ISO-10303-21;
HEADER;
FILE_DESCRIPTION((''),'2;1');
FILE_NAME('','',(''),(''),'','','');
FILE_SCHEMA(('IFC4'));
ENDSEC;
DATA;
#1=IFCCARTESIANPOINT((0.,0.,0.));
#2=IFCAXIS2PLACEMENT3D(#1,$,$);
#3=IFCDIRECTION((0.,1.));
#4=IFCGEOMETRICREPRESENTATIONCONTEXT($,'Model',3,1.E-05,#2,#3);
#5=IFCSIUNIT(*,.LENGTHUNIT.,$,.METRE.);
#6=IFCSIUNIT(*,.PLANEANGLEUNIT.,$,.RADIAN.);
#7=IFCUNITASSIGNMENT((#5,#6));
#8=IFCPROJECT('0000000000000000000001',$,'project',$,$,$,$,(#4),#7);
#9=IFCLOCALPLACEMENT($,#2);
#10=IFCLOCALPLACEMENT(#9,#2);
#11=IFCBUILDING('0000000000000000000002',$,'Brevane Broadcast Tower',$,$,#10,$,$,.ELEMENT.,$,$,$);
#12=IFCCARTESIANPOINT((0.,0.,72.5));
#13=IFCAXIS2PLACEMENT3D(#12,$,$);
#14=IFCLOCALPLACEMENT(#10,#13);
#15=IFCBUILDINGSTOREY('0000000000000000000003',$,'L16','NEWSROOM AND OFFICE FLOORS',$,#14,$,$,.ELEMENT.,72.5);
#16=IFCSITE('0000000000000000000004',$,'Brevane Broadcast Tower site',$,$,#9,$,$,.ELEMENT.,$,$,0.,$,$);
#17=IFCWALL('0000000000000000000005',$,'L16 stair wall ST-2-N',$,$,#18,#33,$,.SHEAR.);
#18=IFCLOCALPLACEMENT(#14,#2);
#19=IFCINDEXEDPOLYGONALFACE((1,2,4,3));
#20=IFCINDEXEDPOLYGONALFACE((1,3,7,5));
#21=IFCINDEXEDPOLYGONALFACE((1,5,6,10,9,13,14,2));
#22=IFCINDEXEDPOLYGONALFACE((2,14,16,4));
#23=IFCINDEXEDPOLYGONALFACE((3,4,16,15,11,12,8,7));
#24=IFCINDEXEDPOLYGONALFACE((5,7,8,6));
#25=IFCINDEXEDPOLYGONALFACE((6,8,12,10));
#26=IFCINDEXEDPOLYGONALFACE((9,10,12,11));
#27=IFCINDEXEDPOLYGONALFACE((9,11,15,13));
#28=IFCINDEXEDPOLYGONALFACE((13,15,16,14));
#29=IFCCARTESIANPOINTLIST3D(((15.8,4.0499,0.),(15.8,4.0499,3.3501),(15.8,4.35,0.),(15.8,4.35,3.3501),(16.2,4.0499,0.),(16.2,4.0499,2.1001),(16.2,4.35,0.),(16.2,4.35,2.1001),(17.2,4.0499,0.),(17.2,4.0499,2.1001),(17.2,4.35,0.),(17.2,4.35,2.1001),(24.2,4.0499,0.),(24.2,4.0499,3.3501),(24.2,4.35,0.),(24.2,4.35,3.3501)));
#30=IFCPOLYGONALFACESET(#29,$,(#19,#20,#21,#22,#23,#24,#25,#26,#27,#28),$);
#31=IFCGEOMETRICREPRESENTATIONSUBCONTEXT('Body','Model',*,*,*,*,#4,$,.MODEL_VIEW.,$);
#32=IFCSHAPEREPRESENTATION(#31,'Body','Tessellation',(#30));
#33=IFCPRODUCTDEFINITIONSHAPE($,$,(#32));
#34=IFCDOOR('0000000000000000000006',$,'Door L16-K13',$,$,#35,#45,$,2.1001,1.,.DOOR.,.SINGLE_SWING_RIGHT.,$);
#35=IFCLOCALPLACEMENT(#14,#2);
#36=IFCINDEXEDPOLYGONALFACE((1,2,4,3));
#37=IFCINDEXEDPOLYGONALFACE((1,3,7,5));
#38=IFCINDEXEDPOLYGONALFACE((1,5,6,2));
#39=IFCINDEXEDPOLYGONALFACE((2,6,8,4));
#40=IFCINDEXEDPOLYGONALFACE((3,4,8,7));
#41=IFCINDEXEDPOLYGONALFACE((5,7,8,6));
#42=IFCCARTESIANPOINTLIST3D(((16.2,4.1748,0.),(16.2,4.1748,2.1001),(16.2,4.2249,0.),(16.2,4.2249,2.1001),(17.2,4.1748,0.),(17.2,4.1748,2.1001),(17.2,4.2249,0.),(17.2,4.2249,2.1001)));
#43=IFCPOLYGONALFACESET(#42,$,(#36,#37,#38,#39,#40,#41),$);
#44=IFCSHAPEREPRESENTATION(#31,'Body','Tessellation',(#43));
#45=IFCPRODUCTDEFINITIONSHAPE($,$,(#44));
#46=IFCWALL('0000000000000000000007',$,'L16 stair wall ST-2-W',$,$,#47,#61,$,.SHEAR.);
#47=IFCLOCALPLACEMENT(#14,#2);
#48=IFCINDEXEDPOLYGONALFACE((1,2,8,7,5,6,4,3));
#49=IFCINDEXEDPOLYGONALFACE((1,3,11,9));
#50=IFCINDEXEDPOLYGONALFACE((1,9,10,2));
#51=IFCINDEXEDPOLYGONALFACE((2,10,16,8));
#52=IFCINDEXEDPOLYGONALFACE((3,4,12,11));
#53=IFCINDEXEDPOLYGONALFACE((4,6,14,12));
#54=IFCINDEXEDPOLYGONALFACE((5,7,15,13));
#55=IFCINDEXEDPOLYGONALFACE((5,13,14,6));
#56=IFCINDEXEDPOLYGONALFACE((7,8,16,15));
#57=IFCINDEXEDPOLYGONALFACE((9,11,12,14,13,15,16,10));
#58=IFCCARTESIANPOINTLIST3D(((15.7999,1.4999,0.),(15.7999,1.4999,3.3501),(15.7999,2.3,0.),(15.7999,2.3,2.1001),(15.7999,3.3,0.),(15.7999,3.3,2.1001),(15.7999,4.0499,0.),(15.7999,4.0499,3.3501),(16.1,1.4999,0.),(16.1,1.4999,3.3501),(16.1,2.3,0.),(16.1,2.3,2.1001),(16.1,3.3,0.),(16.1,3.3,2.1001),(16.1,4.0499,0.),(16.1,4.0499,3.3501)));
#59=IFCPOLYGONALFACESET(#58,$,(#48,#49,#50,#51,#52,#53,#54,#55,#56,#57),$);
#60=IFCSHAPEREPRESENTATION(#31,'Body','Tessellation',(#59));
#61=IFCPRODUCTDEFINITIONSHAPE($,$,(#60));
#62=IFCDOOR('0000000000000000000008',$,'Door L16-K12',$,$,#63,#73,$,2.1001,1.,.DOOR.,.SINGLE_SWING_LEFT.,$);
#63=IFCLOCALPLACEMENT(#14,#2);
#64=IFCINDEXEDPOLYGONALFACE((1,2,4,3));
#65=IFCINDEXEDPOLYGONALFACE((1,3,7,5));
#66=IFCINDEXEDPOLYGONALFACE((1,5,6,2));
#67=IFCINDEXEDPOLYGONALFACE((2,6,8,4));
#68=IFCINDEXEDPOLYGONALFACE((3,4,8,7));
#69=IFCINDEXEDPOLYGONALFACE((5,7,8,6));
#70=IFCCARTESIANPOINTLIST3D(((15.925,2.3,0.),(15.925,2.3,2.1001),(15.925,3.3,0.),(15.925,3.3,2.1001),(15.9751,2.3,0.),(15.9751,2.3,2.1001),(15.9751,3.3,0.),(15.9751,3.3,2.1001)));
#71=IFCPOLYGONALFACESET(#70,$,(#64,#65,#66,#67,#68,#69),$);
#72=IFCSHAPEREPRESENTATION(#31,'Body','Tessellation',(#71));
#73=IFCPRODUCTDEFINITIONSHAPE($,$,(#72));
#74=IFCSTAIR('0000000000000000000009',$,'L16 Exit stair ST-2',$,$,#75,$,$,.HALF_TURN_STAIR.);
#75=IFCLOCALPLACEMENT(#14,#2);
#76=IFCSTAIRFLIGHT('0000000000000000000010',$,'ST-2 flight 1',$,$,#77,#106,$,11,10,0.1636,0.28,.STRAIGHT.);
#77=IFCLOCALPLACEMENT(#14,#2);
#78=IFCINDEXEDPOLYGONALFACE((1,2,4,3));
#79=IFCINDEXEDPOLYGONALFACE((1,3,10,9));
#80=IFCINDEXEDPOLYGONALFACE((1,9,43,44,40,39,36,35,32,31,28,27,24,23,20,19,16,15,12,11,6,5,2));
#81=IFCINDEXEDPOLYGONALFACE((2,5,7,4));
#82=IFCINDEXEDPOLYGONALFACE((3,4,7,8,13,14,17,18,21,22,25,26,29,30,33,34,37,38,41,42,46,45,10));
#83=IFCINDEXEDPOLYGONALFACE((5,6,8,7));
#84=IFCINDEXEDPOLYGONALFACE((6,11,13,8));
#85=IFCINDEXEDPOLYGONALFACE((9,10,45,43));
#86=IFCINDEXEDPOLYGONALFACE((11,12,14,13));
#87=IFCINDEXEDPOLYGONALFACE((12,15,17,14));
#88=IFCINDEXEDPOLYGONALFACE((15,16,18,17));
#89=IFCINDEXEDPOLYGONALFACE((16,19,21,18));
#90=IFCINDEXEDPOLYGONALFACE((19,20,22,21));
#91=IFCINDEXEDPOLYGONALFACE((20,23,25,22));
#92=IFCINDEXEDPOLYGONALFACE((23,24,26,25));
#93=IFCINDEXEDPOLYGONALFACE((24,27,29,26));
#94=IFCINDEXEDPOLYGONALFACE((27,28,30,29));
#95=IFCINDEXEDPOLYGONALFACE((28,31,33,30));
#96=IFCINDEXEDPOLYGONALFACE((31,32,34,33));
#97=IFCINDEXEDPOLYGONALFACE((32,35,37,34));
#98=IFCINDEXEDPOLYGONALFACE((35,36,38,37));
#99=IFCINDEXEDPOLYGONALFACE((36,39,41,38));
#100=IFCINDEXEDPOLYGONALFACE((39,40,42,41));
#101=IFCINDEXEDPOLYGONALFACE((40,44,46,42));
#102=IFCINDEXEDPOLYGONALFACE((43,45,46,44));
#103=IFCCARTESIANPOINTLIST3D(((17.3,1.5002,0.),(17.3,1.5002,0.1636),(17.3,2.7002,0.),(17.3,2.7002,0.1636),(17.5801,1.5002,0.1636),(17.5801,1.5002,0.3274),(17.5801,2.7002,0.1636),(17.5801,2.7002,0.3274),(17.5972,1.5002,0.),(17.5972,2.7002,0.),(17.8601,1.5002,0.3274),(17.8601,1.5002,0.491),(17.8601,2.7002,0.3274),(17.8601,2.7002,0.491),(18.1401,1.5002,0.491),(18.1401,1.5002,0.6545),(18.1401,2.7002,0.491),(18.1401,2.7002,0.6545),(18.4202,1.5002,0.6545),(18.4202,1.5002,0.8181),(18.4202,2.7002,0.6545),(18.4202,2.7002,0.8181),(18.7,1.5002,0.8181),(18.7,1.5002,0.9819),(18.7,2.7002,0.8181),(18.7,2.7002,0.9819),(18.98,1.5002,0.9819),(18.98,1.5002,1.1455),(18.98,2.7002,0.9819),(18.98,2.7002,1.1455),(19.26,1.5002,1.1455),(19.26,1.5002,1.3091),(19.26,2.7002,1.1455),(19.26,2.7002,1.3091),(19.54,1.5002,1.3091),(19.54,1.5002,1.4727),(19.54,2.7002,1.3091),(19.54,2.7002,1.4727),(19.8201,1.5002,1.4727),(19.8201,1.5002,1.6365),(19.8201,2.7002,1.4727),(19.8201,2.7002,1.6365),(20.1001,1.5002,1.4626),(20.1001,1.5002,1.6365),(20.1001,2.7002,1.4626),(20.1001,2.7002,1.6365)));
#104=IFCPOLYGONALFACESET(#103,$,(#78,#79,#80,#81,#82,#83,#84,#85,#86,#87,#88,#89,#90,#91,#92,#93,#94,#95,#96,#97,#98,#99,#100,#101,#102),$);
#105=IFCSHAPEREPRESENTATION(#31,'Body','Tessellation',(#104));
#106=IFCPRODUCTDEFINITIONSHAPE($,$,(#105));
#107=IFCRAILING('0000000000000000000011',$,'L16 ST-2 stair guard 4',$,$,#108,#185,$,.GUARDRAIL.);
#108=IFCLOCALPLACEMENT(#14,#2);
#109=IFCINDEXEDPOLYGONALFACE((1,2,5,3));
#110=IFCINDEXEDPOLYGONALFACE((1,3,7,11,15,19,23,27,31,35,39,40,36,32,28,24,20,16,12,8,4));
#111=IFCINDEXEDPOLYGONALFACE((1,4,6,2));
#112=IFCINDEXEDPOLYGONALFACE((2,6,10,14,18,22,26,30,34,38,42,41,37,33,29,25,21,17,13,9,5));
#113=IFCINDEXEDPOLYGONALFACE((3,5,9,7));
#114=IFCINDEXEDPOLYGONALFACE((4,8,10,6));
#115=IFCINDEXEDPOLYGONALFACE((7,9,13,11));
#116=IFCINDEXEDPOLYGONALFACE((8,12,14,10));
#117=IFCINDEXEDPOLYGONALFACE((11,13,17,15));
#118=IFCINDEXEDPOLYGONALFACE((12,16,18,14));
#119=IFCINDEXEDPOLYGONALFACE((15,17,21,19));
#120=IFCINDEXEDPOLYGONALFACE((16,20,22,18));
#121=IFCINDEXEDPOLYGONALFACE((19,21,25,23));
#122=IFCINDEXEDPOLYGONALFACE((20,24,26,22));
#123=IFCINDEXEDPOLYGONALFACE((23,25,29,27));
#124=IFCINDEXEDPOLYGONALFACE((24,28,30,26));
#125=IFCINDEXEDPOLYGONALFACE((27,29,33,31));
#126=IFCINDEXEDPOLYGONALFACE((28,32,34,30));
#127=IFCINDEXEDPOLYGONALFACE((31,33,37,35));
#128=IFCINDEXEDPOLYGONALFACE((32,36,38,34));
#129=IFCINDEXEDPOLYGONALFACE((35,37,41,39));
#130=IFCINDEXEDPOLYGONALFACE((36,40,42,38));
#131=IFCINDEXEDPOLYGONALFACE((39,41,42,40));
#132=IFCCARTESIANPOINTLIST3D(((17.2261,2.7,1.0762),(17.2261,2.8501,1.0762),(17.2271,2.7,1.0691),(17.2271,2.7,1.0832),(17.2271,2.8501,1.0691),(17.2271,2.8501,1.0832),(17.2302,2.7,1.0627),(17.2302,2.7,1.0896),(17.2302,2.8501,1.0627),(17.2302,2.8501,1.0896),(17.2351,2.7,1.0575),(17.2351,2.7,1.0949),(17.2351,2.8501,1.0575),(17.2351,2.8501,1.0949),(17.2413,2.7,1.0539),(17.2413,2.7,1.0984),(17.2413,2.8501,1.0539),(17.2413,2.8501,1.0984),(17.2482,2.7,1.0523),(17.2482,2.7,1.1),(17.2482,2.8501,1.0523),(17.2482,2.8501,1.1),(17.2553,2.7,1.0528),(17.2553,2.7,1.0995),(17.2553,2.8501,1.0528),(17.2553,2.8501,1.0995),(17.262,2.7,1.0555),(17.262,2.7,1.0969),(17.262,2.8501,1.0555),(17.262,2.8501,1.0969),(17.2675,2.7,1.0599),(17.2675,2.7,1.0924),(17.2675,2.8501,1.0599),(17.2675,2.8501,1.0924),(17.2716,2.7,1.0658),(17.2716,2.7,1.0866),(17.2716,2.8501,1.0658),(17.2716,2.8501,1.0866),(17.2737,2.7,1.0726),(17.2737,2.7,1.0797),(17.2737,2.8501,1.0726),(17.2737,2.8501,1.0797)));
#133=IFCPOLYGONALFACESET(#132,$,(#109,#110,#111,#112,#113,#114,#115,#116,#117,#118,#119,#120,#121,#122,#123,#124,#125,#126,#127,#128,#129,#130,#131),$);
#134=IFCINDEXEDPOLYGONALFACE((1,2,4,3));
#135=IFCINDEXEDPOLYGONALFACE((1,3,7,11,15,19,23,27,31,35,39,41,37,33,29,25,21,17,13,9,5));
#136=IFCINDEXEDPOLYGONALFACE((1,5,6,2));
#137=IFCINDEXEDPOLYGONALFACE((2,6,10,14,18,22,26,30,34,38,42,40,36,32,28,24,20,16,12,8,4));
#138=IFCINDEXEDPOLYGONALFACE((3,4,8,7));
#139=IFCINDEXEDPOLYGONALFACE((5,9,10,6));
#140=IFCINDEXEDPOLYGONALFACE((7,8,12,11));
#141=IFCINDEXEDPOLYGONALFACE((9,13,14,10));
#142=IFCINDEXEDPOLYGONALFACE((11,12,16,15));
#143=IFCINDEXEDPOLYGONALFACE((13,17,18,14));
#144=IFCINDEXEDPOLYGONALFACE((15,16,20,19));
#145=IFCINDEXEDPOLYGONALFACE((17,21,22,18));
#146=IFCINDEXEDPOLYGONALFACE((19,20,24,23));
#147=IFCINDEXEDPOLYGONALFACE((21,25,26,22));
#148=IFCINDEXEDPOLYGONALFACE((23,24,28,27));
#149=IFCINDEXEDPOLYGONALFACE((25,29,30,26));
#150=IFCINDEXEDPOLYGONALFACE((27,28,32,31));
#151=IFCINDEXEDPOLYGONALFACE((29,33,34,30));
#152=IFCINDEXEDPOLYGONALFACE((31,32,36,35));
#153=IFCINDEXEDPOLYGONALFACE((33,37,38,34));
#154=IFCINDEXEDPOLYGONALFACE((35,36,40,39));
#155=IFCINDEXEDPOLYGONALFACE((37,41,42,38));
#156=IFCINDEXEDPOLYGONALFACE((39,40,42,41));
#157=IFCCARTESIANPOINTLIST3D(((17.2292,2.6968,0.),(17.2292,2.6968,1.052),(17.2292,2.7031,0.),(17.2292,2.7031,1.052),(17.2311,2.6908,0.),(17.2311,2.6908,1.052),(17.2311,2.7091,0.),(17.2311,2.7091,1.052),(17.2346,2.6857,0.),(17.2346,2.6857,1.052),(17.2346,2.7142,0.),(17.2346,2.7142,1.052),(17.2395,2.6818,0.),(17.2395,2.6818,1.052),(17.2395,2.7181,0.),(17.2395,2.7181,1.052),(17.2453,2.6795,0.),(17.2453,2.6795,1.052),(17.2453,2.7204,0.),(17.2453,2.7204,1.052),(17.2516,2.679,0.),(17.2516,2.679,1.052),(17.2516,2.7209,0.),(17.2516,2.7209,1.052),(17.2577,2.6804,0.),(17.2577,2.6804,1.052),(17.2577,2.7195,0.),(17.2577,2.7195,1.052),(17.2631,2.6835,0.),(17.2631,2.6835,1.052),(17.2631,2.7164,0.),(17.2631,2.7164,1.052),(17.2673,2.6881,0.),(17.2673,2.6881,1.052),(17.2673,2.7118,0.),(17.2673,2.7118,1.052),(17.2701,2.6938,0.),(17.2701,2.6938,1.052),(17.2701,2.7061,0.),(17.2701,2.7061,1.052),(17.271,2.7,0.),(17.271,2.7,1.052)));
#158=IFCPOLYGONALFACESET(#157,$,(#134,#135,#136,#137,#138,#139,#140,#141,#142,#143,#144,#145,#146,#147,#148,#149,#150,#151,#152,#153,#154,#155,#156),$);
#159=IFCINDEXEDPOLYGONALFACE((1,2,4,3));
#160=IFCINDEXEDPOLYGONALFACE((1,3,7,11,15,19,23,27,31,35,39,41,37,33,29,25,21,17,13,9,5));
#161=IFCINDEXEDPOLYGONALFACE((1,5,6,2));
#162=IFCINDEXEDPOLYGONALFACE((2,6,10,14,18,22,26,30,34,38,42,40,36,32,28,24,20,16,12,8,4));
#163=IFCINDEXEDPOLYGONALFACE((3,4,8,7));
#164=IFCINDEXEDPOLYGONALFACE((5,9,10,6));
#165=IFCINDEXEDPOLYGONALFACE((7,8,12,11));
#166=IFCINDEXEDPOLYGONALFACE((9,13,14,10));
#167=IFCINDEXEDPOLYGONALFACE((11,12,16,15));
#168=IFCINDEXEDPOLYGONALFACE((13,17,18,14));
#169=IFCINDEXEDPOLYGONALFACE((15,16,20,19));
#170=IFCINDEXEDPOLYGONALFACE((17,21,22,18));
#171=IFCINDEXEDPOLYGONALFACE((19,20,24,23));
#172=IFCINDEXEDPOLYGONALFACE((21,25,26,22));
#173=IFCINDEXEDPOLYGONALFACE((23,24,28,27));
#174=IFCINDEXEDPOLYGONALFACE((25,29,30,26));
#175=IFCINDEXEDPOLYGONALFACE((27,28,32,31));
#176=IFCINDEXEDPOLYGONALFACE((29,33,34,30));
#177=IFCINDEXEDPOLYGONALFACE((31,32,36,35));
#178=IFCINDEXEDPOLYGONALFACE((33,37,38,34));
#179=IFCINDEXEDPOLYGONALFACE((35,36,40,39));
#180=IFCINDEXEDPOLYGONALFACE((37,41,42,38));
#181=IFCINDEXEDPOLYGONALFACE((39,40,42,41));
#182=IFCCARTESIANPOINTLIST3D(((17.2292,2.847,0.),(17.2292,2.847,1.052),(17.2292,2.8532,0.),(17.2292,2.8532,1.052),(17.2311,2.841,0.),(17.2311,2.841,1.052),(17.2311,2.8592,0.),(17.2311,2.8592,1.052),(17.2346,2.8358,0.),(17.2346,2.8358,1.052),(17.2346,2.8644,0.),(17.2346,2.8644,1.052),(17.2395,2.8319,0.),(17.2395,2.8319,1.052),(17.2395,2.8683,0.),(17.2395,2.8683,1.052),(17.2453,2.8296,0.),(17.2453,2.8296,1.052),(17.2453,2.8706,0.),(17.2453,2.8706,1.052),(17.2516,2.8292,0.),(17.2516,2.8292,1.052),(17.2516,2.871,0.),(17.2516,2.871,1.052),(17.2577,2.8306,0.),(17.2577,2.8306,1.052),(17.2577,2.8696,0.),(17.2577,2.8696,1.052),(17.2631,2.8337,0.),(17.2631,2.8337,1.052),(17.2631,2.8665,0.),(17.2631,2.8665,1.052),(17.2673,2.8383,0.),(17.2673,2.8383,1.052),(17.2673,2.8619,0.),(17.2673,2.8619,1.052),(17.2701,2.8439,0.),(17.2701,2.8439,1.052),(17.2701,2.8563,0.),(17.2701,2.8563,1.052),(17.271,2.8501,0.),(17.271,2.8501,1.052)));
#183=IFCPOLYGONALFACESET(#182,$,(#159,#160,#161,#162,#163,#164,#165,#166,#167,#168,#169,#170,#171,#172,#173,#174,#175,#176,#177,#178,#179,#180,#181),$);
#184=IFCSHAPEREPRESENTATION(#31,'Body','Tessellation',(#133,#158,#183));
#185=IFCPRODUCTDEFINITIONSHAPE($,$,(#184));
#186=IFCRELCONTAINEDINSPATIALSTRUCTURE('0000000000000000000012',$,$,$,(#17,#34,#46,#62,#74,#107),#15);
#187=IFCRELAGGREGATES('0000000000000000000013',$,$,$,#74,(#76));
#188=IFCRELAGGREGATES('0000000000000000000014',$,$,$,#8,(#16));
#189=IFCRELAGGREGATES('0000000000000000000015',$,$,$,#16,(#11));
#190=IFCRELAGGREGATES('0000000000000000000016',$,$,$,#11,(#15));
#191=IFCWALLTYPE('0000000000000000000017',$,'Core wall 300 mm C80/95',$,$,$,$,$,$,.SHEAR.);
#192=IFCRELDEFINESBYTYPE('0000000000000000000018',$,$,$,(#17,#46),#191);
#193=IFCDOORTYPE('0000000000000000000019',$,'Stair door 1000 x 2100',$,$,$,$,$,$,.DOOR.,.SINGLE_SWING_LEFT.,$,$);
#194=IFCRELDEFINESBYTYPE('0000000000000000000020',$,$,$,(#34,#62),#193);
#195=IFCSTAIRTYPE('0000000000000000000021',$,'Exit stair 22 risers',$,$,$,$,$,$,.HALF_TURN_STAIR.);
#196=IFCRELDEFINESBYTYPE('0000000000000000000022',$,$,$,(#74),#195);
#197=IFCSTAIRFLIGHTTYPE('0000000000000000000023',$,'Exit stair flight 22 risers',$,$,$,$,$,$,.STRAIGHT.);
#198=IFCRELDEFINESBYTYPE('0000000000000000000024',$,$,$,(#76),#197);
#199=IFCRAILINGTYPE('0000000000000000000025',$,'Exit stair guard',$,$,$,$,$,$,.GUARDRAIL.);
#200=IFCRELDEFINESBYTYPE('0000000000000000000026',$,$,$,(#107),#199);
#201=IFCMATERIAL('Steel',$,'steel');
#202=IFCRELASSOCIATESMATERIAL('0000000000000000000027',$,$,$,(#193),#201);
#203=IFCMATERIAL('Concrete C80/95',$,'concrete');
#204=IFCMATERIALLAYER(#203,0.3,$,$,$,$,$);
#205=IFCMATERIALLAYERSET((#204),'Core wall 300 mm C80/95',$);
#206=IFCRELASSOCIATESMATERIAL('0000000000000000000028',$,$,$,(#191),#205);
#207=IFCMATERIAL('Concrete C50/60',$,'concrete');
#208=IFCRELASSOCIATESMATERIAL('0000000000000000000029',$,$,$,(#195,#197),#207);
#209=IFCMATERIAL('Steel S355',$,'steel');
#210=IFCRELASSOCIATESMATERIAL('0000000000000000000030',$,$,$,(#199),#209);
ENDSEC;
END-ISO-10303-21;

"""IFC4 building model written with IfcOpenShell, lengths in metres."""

from ifc_helpers import new_model, si_unit, direction, frame, frame_2d, origin, origin_2d, place, context, subcontext, project, spatial, polyline, rectangle, circle, outline, extrude, material, layer, layer_set, type_object, element, fill, aggregate, save


model = new_model("IFC4")

# Units and contexts
model_context = context("Model", 3, precision=1e-05, world=origin(), true_north=direction((0.0, 1.0)))
body_context = subcontext(model_context, "Body", "Model", "MODEL_VIEW")
ifc_project = project(units=[si_unit("LENGTHUNIT", "METRE"), si_unit("PLANEANGLEUNIT", "RADIAN")], contexts=[model_context])

# Site, building, storey
site_placement = place(None, origin())
site = spatial("IfcSite", under=ifc_project, at=site_placement, Name="Brevane Broadcast Tower site", CompositionType="ELEMENT", RefElevation=0.0)
building_placement = place(site_placement, origin())
building = spatial("IfcBuilding", under=site, at=building_placement, Name="Brevane Broadcast Tower", CompositionType="ELEMENT")
storey_placement = place(building_placement, frame((0.0, 0.0, 72.5)))
storey = spatial("IfcBuildingStorey", under=building, at=storey_placement, Name="L16", Description="NEWSROOM AND OFFICE FLOORS", CompositionType="ELEMENT", Elevation=72.5)

# Shared definitions
ifc_material_1 = material(Name="Steel", Category="steel")
door_type_1 = type_object("IfcDoorType", Name="Stair door 1000 x 2100", OperationType="SINGLE_SWING_LEFT", PredefinedType="DOOR", material=ifc_material_1)

# Shared definitions
ifc_material_2 = material(Name="Concrete C80/95", Category="concrete")
ifc_layer_1 = layer(ifc_material_2, 0.3)
ifc_layer_set_1 = layer_set([ifc_layer_1], Name="Core wall 300 mm C80/95")
wall_type_1 = type_object("IfcWallType", Name="Core wall 300 mm C80/95", PredefinedType="SHEAR", material=ifc_layer_set_1)

# Walls, openings, doors
wall_1_placement = place(storey_placement, frame((15.8, 4.2, 0.0), z_axis=(0.0, 0.0, 1.0), x_axis=(1.0, 0.0, 0.0)))
wall_1 = element("IfcWall", 1, at=wall_1_placement, inside=storey, type_object=wall_type_1, Name="L16 stair wall ST-2-N", PredefinedType="SHEAR", context=body_context, shape_type="SweptSolid", body=[
    extrude(rectangle(XDim=8.3999, YDim=0.3, at=frame_2d((4.2, 0.0))), origin(), (0.0, 0.0, 1.0), 3.3501),
])
opening_1_placement = place(wall_1_placement, frame((0.3999, 0.0, 0.0)))
opening_1 = element("IfcOpeningElement", 2, at=opening_1_placement, cuts=wall_1, PredefinedType="OPENING", context=body_context, shape_type="SweptSolid", body=[
    extrude(rectangle(XDim=1.0, YDim=2.1001, at=frame_2d((0.5, 1.05))), frame((0.0, 0.1599, 0.0), z_axis=(0.0, -1.0, 0.0), x_axis=(1.0, 0.0, 0.0)), (0.0, 0.0, 1.0), 0.3201),
])
door_1_placement = place(opening_1_placement, origin())
door_1 = element("IfcDoor", 3, at=door_1_placement, inside=storey, type_object=door_type_1, Name="Door L16-K13", OperationType="SINGLE_SWING_RIGHT", OverallHeight=2.1001, OverallWidth=1.0, PredefinedType="DOOR", context=body_context, shape_type="SweptSolid", body=[
    extrude(rectangle(XDim=1.0, YDim=2.1001, at=frame_2d((0.5, 1.05))), frame((0.0, 0.0249, 0.0), z_axis=(0.0, -1.0, 0.0), x_axis=(1.0, 0.0, 0.0)), (0.0, 0.0, 1.0), 0.05),
])
fill(opening_1, door_1)
wall_2_placement = place(storey_placement, frame((15.95, 1.5, 0.0), z_axis=(0.0, 0.0, 1.0), x_axis=(0.0, 1.0, 0.0)))
wall_2 = element("IfcWall", 4, at=wall_2_placement, inside=storey, type_object=wall_type_1, Name="L16 stair wall ST-2-W", PredefinedType="SHEAR", context=body_context, shape_type="SweptSolid", body=[
    extrude(rectangle(XDim=2.55, YDim=0.3, at=frame_2d((1.2749, 0.0))), origin(), (0.0, 0.0, 1.0), 3.3501),
])
opening_2_placement = place(wall_2_placement, frame((0.8, 0.0, 0.0)))
opening_2 = element("IfcOpeningElement", 5, at=opening_2_placement, cuts=wall_2, PredefinedType="OPENING", context=body_context, shape_type="SweptSolid", body=[
    extrude(rectangle(XDim=1.0, YDim=2.1001, at=frame_2d((0.5, 1.05))), frame((0.0, 0.1599, 0.0), z_axis=(0.0, -1.0, 0.0), x_axis=(1.0, 0.0, 0.0)), (0.0, 0.0, 1.0), 0.3201),
])
door_2_placement = place(opening_2_placement, origin())
door_2 = element("IfcDoor", 6, at=door_2_placement, inside=storey, type_object=door_type_1, Name="Door L16-K12", OperationType="SINGLE_SWING_LEFT", OverallHeight=2.1001, OverallWidth=1.0, PredefinedType="DOOR", context=body_context, shape_type="SweptSolid", body=[
    extrude(rectangle(XDim=1.0, YDim=2.1001, at=frame_2d((0.5, 1.05))), frame((0.0, 0.0249, 0.0), z_axis=(0.0, -1.0, 0.0), x_axis=(1.0, 0.0, 0.0)), (0.0, 0.0, 1.0), 0.05),
])
fill(opening_2, door_2)

# Stair, stair flight
ifc_material_3 = material(Name="Concrete C50/60", Category="concrete")
stair_type = type_object("IfcStairType", Name="Exit stair 22 risers", PredefinedType="HALF_TURN_STAIR", material=ifc_material_3)
stair_placement = place(storey_placement, origin())
stair = element("IfcStair", 7, at=stair_placement, inside=storey, type_object=stair_type, Name="L16 Exit stair ST-2", PredefinedType="HALF_TURN_STAIR")
stair_flight_type = type_object("IfcStairFlightType", Name="Exit stair flight 22 risers", PredefinedType="STRAIGHT", material=ifc_material_3)
stair_flight_placement = place(storey_placement, frame((17.3, 2.1001, 0.0), z_axis=(0.0, 0.0, 1.0), x_axis=(1.0, 0.0, 0.0)))
stair_flight = element("IfcStairFlight", 8, at=stair_flight_placement, type_object=stair_flight_type, Name="ST-2 flight 1", NumberOfRisers=11, NumberOfTreads=10, PredefinedType="STRAIGHT", RiserHeight=0.1636, TreadLength=0.28, context=body_context, shape_type="SweptSolid", body=[
    extrude(outline(polyline([(0.0, 0.0), (0.0, 0.1636), (0.28, 0.1636), (0.28, 0.3274), (0.5601, 0.3274), (0.5601, 0.491), (0.8401, 0.491), (0.8401, 0.6545), (1.1201, 0.6545), (1.1201, 0.8181), (1.3999, 0.8181), (1.3999, 0.9819), (1.6799, 0.9819), (1.6799, 1.1455), (1.96, 1.1455), (1.96, 1.3091), (2.24, 1.3091), (2.24, 1.4727), (2.52, 1.4727), (2.52, 1.6365), (2.8, 1.6365), (2.8, 1.8), (2.8, 1.4626), (0.2971, 0.0), (0.0, 0.0)])), frame((0.0, 0.6001, 0.0), z_axis=(0.0, -1.0, 0.0), x_axis=(1.0, 0.0, 0.0)), (0.0, 0.0, 1.0), 1.2),
])
aggregate(stair, [stair_flight])

# Railing
ifc_material_4 = material(Name="Steel S355", Category="steel")
railing_type = type_object("IfcRailingType", Name="Exit stair guard", PredefinedType="GUARDRAIL", material=ifc_material_4)
railing_placement = place(storey_placement, frame((17.25, 2.7, 0.0)))
element("IfcRailing", 9, at=railing_placement, inside=storey, type_object=railing_type, Name="L16 ST-2 stair guard 4", PredefinedType="GUARDRAIL", context=body_context, shape_type="SweptSolid", body=[
    extrude(circle(Radius=0.0239, at=origin_2d()), frame((0.0, 0.0, 1.0762), z_axis=(0.0, 1.0, 0.0), x_axis=(-1.0, 0.0, 0.0)), (0.0, 0.0, 1.0), 0.1501),
    extrude(circle(Radius=0.021, at=origin_2d()), origin(), (0.0, 0.0, 1.0), 1.052),
    extrude(circle(Radius=0.021, at=origin_2d()), frame((0.0, 0.1501, 0.0)), (0.0, 0.0, 1.0), 1.052),
])

save(model, "model.ifc")
